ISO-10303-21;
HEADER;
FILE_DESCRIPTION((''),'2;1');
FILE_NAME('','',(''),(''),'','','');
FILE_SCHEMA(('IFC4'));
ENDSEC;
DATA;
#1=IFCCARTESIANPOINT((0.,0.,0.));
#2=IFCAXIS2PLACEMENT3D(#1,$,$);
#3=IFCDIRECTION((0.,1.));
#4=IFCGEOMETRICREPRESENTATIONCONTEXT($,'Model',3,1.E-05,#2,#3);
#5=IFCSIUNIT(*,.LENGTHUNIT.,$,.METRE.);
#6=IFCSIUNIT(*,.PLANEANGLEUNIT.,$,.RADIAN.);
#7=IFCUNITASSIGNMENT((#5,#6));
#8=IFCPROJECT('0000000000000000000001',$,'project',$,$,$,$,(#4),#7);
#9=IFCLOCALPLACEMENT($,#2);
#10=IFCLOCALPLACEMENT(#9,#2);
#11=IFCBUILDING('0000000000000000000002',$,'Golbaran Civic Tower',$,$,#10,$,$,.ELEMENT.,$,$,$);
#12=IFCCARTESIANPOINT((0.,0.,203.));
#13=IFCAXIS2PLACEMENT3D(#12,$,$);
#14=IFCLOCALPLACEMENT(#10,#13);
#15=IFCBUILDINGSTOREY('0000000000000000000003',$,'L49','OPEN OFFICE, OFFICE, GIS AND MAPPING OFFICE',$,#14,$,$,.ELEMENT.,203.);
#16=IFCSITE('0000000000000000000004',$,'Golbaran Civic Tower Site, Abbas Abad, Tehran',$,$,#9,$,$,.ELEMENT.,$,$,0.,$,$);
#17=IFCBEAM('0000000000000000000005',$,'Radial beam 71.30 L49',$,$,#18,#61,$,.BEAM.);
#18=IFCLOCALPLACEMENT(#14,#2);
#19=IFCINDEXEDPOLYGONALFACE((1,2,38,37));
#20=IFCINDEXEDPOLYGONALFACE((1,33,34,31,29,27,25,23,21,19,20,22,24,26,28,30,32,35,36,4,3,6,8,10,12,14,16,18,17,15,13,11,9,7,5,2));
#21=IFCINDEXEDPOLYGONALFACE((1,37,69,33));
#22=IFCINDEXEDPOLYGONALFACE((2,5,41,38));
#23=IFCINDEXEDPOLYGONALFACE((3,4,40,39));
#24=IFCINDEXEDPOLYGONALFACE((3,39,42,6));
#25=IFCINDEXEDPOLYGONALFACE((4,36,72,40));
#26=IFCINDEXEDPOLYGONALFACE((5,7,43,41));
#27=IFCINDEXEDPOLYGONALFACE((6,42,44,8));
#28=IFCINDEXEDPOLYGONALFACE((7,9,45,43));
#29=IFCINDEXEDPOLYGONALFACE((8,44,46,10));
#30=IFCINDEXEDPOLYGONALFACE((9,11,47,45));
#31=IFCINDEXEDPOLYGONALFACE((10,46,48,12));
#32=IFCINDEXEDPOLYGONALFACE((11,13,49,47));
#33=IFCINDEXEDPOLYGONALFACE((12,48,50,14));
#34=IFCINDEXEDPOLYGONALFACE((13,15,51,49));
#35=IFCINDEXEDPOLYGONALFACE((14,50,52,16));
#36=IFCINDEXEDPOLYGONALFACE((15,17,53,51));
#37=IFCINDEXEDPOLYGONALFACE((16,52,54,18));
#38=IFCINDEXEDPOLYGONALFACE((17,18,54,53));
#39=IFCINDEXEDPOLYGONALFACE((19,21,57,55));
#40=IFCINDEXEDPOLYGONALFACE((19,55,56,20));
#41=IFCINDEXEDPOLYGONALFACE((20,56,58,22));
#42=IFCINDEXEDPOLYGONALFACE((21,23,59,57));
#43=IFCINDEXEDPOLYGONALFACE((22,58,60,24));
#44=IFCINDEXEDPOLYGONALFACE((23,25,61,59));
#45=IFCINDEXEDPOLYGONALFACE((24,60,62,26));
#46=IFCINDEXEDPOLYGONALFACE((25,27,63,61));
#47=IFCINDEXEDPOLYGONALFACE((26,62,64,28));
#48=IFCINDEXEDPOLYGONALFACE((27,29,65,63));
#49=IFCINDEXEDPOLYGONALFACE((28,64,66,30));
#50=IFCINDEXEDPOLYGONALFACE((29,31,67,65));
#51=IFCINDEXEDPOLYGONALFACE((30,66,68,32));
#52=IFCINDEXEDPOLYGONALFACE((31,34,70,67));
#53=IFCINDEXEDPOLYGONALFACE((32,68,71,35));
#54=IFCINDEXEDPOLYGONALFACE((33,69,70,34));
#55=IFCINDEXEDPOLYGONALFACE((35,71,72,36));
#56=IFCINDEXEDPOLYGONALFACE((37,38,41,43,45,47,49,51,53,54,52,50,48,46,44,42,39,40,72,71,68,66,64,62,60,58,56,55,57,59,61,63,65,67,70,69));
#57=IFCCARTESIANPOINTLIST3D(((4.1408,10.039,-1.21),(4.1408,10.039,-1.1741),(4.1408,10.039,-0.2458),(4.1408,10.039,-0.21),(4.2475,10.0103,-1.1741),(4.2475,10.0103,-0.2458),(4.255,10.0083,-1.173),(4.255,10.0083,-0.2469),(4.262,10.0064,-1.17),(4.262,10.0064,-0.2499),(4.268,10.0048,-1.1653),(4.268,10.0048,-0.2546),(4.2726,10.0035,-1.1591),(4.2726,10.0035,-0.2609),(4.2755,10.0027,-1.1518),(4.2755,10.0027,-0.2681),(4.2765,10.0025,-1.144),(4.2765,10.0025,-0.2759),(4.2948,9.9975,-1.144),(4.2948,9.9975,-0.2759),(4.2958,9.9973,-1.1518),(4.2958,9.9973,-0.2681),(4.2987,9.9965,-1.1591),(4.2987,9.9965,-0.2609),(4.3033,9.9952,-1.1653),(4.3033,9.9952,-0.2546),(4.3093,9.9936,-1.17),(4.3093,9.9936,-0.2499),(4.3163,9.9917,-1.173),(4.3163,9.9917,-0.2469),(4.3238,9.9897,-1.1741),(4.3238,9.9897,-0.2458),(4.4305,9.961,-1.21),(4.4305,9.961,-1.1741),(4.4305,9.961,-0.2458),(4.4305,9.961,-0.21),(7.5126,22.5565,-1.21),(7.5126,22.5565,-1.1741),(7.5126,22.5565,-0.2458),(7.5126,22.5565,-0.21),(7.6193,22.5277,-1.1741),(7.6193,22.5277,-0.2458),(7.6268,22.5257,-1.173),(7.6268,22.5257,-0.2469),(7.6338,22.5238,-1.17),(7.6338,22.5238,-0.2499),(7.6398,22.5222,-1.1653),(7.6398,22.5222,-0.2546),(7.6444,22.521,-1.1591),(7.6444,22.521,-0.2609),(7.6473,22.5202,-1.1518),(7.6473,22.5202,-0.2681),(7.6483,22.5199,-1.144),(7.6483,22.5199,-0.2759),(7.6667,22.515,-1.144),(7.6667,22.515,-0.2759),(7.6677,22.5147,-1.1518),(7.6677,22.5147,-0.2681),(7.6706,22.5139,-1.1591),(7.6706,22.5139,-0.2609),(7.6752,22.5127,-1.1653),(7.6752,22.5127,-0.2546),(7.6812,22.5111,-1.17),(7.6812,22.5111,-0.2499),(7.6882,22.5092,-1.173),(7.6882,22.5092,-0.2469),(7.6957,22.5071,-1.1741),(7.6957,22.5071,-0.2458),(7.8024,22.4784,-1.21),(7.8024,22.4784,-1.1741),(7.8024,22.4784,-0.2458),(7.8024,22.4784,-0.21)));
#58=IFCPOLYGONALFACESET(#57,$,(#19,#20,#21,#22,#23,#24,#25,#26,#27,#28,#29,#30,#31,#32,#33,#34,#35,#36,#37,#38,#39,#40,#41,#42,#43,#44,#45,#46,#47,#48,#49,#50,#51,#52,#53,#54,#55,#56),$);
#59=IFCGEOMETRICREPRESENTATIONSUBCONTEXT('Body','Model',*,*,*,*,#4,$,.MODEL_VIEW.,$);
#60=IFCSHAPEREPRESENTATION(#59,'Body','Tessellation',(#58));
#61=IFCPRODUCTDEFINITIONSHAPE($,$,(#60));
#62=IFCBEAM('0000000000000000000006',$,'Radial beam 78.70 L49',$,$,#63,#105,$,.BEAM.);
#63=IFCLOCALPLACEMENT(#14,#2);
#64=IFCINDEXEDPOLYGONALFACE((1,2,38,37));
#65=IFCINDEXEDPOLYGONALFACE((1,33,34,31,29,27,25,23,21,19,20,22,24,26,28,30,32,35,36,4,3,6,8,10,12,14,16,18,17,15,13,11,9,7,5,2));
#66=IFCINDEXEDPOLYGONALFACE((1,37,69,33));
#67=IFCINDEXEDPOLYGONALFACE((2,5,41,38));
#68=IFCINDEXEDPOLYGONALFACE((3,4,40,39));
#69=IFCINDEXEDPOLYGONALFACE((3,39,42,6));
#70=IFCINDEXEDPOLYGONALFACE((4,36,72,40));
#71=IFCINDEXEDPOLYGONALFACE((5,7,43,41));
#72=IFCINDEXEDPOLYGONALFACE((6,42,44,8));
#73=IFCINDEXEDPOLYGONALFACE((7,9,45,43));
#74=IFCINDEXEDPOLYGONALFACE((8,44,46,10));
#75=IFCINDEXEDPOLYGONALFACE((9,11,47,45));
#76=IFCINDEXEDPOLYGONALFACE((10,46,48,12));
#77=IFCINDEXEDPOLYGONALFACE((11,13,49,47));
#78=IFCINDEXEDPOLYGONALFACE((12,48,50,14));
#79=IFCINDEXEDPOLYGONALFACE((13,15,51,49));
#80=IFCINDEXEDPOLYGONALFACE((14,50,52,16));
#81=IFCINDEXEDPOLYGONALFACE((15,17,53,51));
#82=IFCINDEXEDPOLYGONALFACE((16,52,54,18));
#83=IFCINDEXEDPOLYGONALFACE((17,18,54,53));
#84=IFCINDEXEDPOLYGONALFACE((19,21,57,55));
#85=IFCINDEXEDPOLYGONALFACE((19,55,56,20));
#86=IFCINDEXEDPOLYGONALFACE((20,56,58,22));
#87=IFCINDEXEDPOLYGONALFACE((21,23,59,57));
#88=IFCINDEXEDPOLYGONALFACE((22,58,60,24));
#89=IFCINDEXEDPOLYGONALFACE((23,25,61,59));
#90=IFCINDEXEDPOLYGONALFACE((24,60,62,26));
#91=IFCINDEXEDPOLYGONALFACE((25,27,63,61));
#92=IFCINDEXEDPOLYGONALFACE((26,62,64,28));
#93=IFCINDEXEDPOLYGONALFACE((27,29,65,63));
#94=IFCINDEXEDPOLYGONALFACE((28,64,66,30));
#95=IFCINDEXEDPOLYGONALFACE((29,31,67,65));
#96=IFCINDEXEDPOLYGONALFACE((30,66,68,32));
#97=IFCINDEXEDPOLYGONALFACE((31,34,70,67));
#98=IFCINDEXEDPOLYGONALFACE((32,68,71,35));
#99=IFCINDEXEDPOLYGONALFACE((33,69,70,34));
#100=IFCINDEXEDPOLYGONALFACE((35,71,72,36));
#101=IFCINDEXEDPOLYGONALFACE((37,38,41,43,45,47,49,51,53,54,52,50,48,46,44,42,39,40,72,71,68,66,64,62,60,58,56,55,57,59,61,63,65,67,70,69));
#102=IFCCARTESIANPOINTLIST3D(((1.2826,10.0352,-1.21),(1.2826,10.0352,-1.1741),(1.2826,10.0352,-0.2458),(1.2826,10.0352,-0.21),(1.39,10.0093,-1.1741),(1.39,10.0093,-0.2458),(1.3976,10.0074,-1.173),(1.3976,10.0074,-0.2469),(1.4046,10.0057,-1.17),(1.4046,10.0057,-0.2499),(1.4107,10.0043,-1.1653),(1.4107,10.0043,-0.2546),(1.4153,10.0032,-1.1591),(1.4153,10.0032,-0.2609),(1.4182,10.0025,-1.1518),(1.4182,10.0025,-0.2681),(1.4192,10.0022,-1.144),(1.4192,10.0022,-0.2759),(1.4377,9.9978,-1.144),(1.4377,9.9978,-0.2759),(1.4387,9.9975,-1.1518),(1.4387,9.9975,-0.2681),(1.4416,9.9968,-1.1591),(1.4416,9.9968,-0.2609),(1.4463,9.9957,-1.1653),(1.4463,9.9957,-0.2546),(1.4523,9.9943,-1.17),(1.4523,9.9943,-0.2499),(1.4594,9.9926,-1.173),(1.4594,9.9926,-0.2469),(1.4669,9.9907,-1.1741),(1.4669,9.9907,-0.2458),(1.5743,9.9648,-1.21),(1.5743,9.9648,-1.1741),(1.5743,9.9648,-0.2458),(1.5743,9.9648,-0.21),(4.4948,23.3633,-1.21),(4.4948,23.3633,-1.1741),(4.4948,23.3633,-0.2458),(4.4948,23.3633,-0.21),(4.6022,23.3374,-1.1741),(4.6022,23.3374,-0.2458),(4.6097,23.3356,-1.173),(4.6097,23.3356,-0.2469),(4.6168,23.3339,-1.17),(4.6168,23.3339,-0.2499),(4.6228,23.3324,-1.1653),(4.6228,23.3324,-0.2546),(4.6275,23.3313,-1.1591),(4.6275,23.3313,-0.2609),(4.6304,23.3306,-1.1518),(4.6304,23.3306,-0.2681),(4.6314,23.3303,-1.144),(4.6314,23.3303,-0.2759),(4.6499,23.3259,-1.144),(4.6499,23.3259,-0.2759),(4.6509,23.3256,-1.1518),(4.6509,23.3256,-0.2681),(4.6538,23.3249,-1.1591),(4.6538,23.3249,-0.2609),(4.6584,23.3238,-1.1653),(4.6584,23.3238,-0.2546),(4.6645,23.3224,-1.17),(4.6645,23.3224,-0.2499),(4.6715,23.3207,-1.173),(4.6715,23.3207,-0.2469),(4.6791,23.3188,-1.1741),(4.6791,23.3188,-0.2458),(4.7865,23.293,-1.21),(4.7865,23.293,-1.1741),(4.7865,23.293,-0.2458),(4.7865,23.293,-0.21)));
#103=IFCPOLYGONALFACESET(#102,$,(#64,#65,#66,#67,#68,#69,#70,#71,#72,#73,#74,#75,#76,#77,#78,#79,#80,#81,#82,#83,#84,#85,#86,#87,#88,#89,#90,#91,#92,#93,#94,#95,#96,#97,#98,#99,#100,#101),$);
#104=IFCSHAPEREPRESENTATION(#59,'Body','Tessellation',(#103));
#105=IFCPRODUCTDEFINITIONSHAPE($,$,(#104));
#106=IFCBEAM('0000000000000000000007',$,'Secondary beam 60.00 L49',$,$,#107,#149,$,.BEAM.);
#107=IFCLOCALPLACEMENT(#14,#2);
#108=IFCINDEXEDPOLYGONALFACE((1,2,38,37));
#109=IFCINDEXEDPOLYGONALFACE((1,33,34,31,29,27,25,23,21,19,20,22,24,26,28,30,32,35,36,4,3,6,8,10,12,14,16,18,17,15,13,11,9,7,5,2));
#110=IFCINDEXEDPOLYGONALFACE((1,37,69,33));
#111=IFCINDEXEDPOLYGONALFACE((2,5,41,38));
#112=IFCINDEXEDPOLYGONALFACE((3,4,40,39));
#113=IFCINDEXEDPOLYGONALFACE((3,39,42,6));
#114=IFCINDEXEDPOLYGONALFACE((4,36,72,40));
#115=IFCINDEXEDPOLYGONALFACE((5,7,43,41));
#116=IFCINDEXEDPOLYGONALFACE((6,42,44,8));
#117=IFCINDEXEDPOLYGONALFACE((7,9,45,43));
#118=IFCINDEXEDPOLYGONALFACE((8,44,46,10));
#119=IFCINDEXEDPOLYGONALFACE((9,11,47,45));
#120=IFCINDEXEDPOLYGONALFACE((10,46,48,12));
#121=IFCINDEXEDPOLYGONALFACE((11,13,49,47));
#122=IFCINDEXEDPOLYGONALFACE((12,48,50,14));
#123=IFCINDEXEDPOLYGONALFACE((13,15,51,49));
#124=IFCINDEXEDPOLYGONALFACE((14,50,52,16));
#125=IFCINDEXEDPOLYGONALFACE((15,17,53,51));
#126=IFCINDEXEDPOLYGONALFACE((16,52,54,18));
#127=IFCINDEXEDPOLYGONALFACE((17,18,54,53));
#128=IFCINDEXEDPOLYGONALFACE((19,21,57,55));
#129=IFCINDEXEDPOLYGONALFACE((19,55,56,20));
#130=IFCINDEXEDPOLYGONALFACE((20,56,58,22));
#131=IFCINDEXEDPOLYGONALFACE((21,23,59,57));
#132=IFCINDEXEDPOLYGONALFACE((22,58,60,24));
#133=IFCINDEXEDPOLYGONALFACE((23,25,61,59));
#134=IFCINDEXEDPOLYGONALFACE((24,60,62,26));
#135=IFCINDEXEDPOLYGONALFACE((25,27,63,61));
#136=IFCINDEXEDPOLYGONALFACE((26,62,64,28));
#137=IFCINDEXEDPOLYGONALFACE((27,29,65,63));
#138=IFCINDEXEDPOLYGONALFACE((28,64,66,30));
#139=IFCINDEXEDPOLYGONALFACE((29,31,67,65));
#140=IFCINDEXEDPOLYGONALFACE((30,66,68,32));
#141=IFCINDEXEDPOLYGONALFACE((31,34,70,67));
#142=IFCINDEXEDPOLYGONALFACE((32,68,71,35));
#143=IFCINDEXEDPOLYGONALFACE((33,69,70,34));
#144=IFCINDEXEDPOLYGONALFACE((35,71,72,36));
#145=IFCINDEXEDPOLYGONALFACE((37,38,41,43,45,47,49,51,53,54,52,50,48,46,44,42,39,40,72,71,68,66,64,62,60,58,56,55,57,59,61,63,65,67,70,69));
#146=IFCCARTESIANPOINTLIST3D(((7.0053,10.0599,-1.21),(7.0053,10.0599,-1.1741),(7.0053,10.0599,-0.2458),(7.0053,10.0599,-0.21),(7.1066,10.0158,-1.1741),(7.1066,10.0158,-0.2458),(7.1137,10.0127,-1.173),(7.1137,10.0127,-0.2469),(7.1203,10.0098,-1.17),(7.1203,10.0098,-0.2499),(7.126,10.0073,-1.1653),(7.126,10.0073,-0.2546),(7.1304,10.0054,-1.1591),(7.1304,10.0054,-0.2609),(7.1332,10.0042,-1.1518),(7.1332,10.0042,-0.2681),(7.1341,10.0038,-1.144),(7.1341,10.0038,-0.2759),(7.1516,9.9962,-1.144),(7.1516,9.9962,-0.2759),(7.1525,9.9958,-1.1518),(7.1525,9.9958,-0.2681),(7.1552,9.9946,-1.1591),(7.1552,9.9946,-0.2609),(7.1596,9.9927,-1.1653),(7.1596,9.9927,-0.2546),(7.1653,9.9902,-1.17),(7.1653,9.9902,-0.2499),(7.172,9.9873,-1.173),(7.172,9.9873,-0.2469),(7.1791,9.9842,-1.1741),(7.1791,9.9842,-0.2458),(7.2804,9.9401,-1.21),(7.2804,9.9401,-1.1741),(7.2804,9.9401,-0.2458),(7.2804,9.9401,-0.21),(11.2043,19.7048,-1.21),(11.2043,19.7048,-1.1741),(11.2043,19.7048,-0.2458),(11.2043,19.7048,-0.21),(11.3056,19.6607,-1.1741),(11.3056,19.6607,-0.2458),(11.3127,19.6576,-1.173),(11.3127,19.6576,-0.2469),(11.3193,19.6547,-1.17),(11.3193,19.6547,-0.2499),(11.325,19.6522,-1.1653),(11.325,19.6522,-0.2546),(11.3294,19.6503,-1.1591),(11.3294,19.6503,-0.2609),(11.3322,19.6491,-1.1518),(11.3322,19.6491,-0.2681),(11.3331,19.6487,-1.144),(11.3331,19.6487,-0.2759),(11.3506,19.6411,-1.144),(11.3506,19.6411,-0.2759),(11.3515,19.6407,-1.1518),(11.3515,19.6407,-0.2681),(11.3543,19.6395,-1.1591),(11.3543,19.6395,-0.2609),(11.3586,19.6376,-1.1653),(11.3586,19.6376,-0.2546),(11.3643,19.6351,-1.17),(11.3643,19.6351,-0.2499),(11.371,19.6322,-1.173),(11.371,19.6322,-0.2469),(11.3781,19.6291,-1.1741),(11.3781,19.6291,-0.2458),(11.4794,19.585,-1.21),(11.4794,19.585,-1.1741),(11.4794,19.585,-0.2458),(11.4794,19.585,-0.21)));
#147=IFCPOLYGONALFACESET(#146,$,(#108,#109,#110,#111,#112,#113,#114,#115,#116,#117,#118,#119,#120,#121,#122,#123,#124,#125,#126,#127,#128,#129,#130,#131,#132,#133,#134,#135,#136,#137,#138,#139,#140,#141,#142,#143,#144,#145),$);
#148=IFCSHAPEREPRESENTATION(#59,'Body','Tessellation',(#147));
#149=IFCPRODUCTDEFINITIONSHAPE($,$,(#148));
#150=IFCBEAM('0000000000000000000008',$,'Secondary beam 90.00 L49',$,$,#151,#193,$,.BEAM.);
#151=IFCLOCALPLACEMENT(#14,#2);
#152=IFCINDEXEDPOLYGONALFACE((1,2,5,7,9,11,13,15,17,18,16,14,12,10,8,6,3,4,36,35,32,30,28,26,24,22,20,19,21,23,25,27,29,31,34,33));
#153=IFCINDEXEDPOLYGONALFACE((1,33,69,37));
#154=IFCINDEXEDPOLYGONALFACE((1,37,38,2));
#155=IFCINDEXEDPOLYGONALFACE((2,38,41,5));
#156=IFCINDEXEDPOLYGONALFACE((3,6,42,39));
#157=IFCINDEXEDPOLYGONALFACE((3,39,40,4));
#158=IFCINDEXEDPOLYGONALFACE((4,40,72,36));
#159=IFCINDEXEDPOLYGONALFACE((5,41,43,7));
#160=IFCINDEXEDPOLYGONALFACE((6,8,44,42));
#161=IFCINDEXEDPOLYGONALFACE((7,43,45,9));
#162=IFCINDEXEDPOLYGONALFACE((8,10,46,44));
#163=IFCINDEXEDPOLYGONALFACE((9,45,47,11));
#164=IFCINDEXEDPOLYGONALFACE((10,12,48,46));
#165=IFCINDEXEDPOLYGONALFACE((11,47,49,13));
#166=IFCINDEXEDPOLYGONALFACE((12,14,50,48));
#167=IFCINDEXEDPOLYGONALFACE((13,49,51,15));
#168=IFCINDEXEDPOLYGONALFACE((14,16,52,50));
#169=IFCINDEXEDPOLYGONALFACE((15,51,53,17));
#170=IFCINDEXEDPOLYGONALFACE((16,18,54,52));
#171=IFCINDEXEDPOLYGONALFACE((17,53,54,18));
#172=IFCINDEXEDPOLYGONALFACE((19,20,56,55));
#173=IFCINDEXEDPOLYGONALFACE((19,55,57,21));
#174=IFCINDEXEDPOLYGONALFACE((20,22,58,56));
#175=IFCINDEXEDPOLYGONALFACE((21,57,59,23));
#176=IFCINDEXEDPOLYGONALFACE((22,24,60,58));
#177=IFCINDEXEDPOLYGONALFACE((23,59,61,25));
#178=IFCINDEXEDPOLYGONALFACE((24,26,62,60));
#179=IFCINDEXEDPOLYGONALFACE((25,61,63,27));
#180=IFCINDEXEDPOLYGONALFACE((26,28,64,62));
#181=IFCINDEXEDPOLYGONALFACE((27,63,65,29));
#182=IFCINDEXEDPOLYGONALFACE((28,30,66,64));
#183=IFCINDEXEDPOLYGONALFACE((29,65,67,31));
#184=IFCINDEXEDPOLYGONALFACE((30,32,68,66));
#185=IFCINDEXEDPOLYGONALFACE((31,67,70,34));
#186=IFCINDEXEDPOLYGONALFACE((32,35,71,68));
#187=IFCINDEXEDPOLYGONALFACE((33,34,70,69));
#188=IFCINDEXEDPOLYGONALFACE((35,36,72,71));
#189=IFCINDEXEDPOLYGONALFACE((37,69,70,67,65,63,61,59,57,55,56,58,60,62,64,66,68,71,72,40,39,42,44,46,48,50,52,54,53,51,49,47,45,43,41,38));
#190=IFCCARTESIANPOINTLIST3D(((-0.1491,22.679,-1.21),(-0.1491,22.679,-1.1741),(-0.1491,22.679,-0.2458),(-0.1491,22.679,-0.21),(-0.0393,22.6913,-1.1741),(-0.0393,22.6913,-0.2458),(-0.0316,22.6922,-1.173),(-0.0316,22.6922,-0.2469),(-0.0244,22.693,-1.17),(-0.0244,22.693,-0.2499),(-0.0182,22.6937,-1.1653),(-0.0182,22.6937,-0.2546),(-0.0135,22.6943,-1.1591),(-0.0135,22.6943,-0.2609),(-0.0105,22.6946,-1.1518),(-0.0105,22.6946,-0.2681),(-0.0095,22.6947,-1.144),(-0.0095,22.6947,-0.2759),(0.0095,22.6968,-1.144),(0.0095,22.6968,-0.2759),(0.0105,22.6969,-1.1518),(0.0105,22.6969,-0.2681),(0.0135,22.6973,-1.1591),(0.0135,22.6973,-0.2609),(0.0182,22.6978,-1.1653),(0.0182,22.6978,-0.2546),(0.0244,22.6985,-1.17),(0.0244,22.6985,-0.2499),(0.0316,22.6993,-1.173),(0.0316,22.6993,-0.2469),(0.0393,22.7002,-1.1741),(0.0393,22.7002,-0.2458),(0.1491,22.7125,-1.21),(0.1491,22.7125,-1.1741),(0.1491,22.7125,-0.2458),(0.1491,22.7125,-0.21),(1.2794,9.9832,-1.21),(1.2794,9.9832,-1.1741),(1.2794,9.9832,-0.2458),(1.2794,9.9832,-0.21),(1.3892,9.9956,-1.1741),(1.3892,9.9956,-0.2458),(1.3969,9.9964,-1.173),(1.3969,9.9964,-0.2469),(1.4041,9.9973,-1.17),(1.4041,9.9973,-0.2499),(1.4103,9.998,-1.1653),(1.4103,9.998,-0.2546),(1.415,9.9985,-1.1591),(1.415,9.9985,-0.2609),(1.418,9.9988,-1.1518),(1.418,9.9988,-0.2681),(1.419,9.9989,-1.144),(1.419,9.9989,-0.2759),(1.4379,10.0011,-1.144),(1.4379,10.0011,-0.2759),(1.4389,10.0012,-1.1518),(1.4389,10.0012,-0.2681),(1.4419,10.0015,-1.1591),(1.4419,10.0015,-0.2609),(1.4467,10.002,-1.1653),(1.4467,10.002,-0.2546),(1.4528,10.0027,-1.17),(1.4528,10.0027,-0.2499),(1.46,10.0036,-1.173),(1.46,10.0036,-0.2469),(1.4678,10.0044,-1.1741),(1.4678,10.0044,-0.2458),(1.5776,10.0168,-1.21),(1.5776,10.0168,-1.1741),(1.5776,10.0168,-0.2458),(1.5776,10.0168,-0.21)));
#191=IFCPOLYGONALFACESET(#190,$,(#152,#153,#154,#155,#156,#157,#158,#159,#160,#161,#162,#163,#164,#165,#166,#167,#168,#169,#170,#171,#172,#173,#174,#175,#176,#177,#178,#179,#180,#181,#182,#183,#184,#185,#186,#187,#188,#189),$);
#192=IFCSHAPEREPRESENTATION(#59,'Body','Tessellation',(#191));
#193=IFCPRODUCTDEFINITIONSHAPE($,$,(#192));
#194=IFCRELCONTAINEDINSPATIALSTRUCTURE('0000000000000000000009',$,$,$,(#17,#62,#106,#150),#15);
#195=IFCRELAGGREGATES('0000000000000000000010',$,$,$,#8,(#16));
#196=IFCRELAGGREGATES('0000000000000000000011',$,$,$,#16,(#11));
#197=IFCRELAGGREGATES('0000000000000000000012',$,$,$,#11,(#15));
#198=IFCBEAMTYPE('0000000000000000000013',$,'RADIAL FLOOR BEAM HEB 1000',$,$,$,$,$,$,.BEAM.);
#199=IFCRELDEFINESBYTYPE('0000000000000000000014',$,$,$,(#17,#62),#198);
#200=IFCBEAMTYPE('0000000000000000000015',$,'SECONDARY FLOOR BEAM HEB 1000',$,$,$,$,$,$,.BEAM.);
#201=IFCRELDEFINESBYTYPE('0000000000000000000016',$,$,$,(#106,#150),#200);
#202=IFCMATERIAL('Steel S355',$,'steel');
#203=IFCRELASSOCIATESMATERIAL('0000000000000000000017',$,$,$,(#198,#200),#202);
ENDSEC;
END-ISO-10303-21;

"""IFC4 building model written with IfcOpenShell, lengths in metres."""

from ifc_helpers import new_model, si_unit, direction, frame, origin, origin_2d, place, context, subcontext, project, spatial, i_section, extrude, material, material_profile, profile_set, type_object, element, save


model = new_model("IFC4")

# Units and contexts
model_context = context("Model", 3, precision=1e-05, world=origin(), true_north=direction((0.0, 1.0)))
body_context = subcontext(model_context, "Body", "Model", "MODEL_VIEW")
ifc_project = project(units=[si_unit("LENGTHUNIT", "METRE"), si_unit("PLANEANGLEUNIT", "RADIAN")], contexts=[model_context])

# Site, building, storey
site_placement = place(None, origin())
site = spatial("IfcSite", under=ifc_project, at=site_placement, Name="Golbaran Civic Tower Site, Abbas Abad, Tehran", CompositionType="ELEMENT", RefElevation=0.0)
building_placement = place(site_placement, origin())
building = spatial("IfcBuilding", under=site, at=building_placement, Name="Golbaran Civic Tower", CompositionType="ELEMENT")
storey_placement = place(building_placement, frame((0.0, 0.0, 203.0)))
storey = spatial("IfcBuildingStorey", under=building, at=storey_placement, Name="L49", Description="OPEN OFFICE, OFFICE, GIS AND MAPPING OFFICE", CompositionType="ELEMENT", Elevation=203.0)

# Beams
ifc_material_1 = material(Name="Steel S355", Category="steel")
ifc_material_profile_1 = material_profile(ifc_material_1, i_section(OverallWidth=0.3, OverallDepth=1.0, WebThickness=0.019, FlangeThickness=0.0359, FilletRadius=0.03, at=origin_2d()), Name="HEB 1000")
ifc_profile_set_1 = profile_set([ifc_material_profile_1], Name="Steel S355")
beam_type_1 = type_object("IfcBeamType", Name="RADIAL FLOOR BEAM HEB 1000", PredefinedType="BEAM", material=ifc_profile_set_1)
beam_1_placement = place(storey_placement, frame((4.2856, 10.0, -0.71), z_axis=(0.260101, 0.965581, 0.0), x_axis=(-0.965581, 0.260101, 0.0)))
element("IfcBeam", 1, at=beam_1_placement, inside=storey, type_object=beam_type_1, Name="Radial beam 71.30 L49", PredefinedType="BEAM", context=body_context, shape_type="SweptSolid", body=[
    extrude(i_section(OverallWidth=0.3, OverallDepth=1.0, WebThickness=0.019, FlangeThickness=0.0359, FilletRadius=0.03, at=origin_2d()), origin(), (0.0, 0.0, 1.0), 12.9636),
])
beam_2_placement = place(storey_placement, frame((1.4285, 10.0, -0.71), z_axis=(0.234298, 0.972165, 0.0), x_axis=(-0.972165, 0.234298, 0.0)))
element("IfcBeam", 2, at=beam_2_placement, inside=storey, type_object=beam_type_1, Name="Radial beam 78.70 L49", PredefinedType="BEAM", context=body_context, shape_type="SweptSolid", body=[
    extrude(i_section(OverallWidth=0.3, OverallDepth=1.0, WebThickness=0.019, FlangeThickness=0.0359, FilletRadius=0.03, at=origin_2d()), origin(), (0.0, 0.0, 1.0), 13.7097),
])
ifc_material_profile_2 = material_profile(ifc_material_1, i_section(OverallWidth=0.3, OverallDepth=1.0, WebThickness=0.019, FlangeThickness=0.0359, FilletRadius=0.03, at=origin_2d()), Name="HEB 1000")
ifc_profile_set_2 = profile_set([ifc_material_profile_2], Name="Steel S355")
beam_type_2 = type_object("IfcBeamType", Name="SECONDARY FLOOR BEAM HEB 1000", PredefinedType="BEAM", material=ifc_profile_set_2)
beam_3_placement = place(storey_placement, frame((7.1428, 10.0, -0.71), z_axis=(0.399173, 0.916875, 0.0), x_axis=(-0.916875, 0.399173, 0.0)))
element("IfcBeam", 3, at=beam_3_placement, inside=storey, type_object=beam_type_2, Name="Secondary beam 60.00 L49", PredefinedType="BEAM", context=body_context, shape_type="SweptSolid", body=[
    extrude(i_section(OverallWidth=0.3, OverallDepth=1.0, WebThickness=0.019, FlangeThickness=0.0359, FilletRadius=0.03, at=origin_2d()), origin(), (0.0, 0.0, 1.0), 10.5193),
])
beam_4_placement = place(storey_placement, frame((1.4285, 10.0, -0.71), z_axis=(-0.111809, 0.99373, 0.0), x_axis=(-0.99373, -0.111809, 0.0)))
element("IfcBeam", 4, at=beam_4_placement, inside=storey, type_object=beam_type_2, Name="Secondary beam 90.00 L49", PredefinedType="BEAM", context=body_context, shape_type="SweptSolid", body=[
    extrude(i_section(OverallWidth=0.3, OverallDepth=1.0, WebThickness=0.019, FlangeThickness=0.0359, FilletRadius=0.03, at=origin_2d()), origin(), (0.0, 0.0, 1.0), 12.7759),
])

save(model, "model.ifc")
